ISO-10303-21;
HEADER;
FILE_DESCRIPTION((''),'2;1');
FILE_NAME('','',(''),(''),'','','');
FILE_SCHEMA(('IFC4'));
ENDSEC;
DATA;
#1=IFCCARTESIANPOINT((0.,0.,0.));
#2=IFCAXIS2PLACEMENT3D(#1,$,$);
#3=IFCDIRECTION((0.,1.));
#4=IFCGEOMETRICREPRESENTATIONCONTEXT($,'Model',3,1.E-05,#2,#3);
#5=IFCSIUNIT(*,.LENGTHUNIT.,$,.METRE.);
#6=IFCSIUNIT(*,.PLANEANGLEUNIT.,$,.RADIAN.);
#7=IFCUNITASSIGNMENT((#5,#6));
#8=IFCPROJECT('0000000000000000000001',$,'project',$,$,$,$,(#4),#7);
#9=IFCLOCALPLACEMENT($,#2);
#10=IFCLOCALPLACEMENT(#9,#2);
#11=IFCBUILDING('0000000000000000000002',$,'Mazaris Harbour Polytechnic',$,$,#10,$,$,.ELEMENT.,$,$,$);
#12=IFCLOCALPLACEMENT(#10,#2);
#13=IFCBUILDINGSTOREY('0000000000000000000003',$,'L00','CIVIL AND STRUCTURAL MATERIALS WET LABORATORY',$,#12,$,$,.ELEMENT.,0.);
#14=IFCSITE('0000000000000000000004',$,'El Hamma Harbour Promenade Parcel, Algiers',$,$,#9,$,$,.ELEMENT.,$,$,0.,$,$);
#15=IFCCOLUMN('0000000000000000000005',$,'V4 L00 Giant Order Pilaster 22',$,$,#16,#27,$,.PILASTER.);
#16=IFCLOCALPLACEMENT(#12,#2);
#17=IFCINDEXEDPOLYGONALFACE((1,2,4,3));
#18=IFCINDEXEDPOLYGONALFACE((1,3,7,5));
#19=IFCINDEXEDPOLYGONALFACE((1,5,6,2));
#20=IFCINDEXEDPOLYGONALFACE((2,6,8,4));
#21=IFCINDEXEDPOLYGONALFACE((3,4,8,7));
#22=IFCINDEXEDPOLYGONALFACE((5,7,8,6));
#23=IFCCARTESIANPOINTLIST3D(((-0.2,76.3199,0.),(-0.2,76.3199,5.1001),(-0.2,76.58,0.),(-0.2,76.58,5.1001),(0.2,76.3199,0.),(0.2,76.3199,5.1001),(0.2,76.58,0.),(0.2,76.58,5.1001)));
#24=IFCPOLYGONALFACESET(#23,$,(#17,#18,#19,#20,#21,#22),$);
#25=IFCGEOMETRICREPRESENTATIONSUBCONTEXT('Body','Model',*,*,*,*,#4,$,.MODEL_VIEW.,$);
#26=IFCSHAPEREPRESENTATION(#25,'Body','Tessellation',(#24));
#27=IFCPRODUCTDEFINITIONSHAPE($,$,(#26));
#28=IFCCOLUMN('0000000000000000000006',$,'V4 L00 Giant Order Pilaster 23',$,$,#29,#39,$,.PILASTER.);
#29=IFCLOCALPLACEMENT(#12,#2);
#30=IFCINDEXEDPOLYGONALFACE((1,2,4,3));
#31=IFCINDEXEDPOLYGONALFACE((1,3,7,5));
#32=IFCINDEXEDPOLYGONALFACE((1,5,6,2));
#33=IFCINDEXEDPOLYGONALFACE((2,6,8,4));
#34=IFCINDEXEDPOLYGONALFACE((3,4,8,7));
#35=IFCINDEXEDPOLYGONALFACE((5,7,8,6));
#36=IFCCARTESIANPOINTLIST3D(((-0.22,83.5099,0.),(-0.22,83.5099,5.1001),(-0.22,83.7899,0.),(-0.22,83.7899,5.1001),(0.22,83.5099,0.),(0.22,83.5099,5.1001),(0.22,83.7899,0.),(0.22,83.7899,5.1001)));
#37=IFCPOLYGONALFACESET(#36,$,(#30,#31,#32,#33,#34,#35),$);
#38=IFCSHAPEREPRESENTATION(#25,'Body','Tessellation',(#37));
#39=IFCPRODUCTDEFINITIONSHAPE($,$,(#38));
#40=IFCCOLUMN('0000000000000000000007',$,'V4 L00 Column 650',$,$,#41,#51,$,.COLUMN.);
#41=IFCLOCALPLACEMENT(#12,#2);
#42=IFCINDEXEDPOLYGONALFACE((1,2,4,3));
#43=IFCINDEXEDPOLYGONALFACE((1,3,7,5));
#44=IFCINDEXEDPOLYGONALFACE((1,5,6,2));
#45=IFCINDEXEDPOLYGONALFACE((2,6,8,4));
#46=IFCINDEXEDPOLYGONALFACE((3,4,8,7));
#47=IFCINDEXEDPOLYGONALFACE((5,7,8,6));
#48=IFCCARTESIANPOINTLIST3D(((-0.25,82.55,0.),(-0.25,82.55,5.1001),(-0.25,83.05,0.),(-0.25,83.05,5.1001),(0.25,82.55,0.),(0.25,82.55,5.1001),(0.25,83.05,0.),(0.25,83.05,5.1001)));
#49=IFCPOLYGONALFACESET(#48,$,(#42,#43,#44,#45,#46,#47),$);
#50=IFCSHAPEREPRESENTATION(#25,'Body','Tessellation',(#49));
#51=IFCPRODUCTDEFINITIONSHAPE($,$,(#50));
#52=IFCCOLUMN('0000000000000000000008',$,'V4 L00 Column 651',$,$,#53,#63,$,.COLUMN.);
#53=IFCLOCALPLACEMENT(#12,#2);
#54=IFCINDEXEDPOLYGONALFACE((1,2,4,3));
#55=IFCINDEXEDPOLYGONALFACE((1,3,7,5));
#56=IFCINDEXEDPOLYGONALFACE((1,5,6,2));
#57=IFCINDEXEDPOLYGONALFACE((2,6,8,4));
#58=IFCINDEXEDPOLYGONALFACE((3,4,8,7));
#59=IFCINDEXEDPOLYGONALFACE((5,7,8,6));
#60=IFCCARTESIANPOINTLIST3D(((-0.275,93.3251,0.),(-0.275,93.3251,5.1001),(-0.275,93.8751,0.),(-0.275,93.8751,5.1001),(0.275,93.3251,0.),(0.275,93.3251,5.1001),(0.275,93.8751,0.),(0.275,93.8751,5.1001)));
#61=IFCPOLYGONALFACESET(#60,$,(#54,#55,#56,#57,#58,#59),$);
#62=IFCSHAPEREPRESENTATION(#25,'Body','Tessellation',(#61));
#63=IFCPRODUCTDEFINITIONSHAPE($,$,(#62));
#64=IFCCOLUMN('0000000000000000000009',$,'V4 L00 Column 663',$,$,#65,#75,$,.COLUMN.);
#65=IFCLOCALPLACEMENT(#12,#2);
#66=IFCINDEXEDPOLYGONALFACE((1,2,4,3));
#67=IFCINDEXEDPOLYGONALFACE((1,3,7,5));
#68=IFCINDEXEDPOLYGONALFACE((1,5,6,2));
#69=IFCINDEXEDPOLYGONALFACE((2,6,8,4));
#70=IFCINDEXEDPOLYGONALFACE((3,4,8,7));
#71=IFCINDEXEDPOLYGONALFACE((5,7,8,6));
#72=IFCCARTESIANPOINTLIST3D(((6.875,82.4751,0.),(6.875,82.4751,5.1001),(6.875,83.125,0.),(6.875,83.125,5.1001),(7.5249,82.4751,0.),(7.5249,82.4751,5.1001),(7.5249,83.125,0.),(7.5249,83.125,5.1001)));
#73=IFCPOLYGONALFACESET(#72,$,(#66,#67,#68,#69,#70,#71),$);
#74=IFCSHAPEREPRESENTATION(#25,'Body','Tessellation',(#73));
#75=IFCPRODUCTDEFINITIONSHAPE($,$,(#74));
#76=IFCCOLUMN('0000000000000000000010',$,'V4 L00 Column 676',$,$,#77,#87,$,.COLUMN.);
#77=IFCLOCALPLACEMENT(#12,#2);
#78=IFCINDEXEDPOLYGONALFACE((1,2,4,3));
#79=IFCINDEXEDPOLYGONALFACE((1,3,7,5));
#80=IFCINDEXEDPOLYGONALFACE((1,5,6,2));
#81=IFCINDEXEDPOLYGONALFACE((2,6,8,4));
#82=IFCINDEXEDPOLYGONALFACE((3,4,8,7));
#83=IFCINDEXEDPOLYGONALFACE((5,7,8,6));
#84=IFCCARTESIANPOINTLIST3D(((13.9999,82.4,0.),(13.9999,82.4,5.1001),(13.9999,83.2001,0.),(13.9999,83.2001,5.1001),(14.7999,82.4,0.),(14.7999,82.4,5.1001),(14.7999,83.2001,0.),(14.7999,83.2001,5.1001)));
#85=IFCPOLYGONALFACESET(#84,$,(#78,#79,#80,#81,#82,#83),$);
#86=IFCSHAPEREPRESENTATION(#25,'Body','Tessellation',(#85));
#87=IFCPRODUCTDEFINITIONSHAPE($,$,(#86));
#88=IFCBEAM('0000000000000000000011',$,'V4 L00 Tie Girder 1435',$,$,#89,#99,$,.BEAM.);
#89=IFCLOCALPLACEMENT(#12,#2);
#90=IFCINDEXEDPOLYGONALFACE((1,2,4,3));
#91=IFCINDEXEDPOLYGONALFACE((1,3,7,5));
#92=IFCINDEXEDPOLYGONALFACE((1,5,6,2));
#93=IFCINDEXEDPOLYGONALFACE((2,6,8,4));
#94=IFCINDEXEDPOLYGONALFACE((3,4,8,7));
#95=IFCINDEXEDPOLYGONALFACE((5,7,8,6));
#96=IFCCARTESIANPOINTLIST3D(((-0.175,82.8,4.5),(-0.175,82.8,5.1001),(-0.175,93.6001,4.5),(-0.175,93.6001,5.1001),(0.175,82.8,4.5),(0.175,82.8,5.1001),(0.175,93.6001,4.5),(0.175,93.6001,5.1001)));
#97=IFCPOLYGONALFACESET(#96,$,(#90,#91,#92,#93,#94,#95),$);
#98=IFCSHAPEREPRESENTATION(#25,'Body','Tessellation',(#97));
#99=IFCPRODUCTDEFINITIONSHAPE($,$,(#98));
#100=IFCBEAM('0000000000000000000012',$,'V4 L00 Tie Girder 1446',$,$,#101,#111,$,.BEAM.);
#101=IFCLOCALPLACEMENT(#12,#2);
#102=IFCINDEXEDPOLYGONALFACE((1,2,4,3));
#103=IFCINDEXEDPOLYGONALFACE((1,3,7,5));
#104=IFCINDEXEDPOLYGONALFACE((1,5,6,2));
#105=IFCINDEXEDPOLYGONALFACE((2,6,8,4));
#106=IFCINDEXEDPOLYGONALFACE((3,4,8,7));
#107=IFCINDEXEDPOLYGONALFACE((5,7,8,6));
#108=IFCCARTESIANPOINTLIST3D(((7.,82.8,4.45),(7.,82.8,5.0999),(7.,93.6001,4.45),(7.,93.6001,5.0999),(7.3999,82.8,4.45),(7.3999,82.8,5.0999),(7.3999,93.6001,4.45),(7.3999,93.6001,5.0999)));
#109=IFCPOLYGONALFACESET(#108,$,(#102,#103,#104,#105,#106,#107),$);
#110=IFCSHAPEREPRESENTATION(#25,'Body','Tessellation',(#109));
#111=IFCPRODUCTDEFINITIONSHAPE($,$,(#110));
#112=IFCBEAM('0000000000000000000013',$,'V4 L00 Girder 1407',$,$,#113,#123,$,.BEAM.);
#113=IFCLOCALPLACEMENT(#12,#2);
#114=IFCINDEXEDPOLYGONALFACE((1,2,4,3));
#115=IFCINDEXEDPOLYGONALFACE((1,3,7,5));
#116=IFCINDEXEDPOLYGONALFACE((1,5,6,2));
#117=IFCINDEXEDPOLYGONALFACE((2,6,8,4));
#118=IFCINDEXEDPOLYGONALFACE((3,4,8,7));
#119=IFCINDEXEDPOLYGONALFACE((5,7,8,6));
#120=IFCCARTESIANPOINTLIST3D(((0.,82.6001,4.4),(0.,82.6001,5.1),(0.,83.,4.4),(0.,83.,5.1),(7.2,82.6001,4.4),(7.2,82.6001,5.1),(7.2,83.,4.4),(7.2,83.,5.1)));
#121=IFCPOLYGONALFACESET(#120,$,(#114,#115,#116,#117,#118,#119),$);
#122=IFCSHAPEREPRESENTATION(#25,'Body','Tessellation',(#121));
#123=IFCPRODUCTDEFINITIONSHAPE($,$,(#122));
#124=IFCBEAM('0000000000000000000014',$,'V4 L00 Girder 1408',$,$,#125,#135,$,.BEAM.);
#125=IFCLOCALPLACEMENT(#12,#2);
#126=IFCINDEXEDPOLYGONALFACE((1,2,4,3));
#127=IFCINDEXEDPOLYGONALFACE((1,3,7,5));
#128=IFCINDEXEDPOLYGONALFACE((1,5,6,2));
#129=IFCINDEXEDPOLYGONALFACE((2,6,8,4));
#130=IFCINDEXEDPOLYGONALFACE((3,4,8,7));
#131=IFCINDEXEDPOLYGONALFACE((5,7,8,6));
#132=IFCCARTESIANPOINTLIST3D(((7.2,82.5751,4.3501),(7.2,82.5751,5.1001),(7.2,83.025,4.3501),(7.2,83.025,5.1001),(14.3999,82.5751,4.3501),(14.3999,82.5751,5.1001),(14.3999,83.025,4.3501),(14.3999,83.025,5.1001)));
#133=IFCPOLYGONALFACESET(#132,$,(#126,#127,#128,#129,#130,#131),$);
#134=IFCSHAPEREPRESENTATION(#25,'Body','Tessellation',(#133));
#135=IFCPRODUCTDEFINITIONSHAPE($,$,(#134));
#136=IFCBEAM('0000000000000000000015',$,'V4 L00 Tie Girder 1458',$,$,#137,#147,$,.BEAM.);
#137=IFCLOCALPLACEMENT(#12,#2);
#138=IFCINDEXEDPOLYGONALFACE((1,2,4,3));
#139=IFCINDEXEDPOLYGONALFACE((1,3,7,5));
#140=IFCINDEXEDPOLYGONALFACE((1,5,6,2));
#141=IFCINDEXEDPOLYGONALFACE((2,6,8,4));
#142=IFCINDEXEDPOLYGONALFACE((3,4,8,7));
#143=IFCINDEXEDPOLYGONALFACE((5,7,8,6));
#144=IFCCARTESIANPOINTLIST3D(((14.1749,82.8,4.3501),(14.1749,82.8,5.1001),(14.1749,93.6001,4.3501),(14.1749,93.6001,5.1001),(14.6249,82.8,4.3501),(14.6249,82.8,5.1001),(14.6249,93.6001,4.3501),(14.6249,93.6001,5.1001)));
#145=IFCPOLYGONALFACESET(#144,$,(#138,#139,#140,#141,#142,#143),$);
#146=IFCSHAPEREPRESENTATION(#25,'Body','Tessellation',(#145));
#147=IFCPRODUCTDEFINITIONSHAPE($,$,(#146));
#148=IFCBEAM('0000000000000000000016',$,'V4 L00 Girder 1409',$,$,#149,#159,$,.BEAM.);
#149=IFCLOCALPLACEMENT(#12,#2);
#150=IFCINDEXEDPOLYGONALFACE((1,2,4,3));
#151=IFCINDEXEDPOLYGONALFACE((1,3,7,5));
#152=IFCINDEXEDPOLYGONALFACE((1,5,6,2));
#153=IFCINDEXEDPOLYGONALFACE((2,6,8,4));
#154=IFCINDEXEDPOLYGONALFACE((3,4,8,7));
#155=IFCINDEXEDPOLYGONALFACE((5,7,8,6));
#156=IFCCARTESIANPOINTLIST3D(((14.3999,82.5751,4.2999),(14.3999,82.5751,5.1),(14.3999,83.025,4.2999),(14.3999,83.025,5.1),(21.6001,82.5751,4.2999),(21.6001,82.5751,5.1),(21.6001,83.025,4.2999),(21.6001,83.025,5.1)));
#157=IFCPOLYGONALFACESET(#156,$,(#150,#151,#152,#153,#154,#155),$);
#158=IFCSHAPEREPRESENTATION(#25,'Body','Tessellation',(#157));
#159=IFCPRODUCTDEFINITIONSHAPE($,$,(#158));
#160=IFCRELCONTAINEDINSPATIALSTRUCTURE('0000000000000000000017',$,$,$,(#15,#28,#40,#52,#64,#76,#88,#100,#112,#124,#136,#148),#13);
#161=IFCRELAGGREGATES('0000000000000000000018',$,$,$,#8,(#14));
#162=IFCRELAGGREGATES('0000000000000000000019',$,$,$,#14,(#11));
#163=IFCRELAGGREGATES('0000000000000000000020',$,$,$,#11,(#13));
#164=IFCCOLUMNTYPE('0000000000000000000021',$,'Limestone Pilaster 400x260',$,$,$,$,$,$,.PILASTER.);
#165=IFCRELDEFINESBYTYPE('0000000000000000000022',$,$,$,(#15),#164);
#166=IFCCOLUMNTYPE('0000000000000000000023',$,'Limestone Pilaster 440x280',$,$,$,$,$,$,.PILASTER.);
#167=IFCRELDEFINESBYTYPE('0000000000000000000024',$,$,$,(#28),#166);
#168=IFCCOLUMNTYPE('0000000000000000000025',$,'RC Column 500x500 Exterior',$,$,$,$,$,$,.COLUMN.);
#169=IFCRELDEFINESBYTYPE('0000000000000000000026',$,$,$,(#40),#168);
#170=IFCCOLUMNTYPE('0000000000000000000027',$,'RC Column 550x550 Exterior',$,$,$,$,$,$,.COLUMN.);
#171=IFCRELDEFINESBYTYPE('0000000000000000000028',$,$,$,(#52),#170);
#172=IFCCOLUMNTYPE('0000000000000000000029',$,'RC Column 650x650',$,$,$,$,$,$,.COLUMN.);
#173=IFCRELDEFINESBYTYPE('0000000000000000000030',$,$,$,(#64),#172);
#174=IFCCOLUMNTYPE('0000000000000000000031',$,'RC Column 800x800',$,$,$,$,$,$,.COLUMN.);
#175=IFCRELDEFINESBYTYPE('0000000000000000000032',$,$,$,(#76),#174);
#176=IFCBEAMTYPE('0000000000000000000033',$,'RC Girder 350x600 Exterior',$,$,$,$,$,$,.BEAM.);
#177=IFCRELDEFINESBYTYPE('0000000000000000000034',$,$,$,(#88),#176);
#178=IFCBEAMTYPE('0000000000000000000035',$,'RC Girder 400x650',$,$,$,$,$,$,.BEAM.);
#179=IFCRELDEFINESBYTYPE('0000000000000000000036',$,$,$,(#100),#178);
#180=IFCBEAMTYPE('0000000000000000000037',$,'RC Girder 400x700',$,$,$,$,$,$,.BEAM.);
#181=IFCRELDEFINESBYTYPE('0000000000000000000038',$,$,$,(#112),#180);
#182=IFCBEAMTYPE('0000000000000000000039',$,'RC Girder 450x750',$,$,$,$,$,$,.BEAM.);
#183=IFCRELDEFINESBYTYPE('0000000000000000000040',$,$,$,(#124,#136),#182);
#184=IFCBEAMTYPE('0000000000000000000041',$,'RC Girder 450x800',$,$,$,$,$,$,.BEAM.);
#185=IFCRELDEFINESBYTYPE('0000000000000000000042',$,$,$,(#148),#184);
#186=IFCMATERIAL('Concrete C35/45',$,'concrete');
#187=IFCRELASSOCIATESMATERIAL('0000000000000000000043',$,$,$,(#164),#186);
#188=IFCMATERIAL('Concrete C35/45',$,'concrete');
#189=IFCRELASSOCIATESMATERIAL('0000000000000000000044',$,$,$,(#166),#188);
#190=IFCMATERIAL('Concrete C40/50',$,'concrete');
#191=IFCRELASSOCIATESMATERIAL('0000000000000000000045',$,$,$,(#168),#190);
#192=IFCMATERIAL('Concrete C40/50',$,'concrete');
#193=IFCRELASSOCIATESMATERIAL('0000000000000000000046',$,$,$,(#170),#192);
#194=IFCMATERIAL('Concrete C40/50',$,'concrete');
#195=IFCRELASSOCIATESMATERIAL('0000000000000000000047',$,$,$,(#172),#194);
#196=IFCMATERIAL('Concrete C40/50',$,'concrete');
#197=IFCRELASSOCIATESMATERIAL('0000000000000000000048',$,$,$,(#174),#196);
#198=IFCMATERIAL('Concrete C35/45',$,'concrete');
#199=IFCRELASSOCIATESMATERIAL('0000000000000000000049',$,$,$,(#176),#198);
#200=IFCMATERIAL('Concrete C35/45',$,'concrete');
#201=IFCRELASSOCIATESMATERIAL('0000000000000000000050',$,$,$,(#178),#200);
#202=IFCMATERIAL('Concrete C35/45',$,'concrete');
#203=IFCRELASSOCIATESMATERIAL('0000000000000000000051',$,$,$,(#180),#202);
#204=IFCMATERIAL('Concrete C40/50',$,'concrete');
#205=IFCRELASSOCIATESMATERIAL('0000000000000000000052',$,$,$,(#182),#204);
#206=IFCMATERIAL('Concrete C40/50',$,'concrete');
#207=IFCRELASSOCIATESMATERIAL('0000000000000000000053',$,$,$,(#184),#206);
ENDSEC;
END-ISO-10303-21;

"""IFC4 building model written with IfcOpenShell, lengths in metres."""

from ifc_helpers import new_model, si_unit, direction, frame, origin, origin_2d, place, context, subcontext, project, spatial, rectangle, extrude, material, material_profile, profile_set, type_object, element, save


model = new_model("IFC4")

# Units and contexts
model_context = context("Model", 3, precision=1e-05, world=origin(), true_north=direction((0.0, 1.0)))
body_context = subcontext(model_context, "Body", "Model", "MODEL_VIEW")
ifc_project = project(units=[si_unit("LENGTHUNIT", "METRE"), si_unit("PLANEANGLEUNIT", "RADIAN")], contexts=[model_context])

# Site, building, storey
site_placement = place(None, origin())
site = spatial("IfcSite", under=ifc_project, at=site_placement, Name="El Hamma Harbour Promenade Parcel, Algiers", CompositionType="ELEMENT", RefElevation=0.0)
building_placement = place(site_placement, origin())
building = spatial("IfcBuilding", under=site, at=building_placement, Name="Mazaris Harbour Polytechnic", CompositionType="ELEMENT")
storey_placement = place(building_placement, origin())
storey = spatial("IfcBuildingStorey", under=building, at=storey_placement, Name="L00", Description="CIVIL AND STRUCTURAL MATERIALS WET LABORATORY", CompositionType="ELEMENT", Elevation=0.0)

# Columns
ifc_material_1 = material(Name="Concrete C35/45", Category="concrete")
ifc_material_profile_1 = material_profile(ifc_material_1, rectangle(XDim=0.3999, YDim=0.26, at=origin_2d()), Name="RECT400x260")
ifc_profile_set_1 = profile_set([ifc_material_profile_1], Name="Concrete C35/45")
column_type_1 = type_object("IfcColumnType", Name="Limestone Pilaster 400x260", PredefinedType="PILASTER", material=ifc_profile_set_1)
column_1_placement = place(storey_placement, frame((0.0, 76.45, 0.0), z_axis=(0.0, 0.0, 1.0), x_axis=(1.0, 0.0, 0.0)))
element("IfcColumn", 1, at=column_1_placement, inside=storey, type_object=column_type_1, Name="V4 L00 Giant Order Pilaster 22", PredefinedType="PILASTER", context=body_context, shape_type="SweptSolid", body=[
    extrude(rectangle(XDim=0.3999, YDim=0.26, at=origin_2d()), origin(), (0.0, 0.0, 1.0), 5.1001),
])
ifc_material_2 = material(Name="Concrete C35/45", Category="concrete")
ifc_material_profile_2 = material_profile(ifc_material_2, rectangle(XDim=0.4399, YDim=0.28, at=origin_2d()), Name="RECT440x280")
ifc_profile_set_2 = profile_set([ifc_material_profile_2], Name="Concrete C35/45")
column_type_2 = type_object("IfcColumnType", Name="Limestone Pilaster 440x280", PredefinedType="PILASTER", material=ifc_profile_set_2)
column_2_placement = place(storey_placement, frame((0.0, 83.6499, 0.0), z_axis=(0.0, 0.0, 1.0), x_axis=(1.0, 0.0, 0.0)))
element("IfcColumn", 2, at=column_2_placement, inside=storey, type_object=column_type_2, Name="V4 L00 Giant Order Pilaster 23", PredefinedType="PILASTER", context=body_context, shape_type="SweptSolid", body=[
    extrude(rectangle(XDim=0.4399, YDim=0.28, at=origin_2d()), origin(), (0.0, 0.0, 1.0), 5.1001),
])
ifc_material_3 = material(Name="Concrete C40/50", Category="concrete")
ifc_material_profile_3 = material_profile(ifc_material_3, rectangle(XDim=0.5, YDim=0.5, at=origin_2d()), Name="RECT500x500")
ifc_profile_set_3 = profile_set([ifc_material_profile_3], Name="Concrete C40/50")
column_type_3 = type_object("IfcColumnType", Name="RC Column 500x500 Exterior", PredefinedType="COLUMN", material=ifc_profile_set_3)
column_3_placement = place(storey_placement, frame((0.0, 82.8, 0.0), z_axis=(0.0, 0.0, 1.0), x_axis=(1.0, 0.0, 0.0)))
element("IfcColumn", 3, at=column_3_placement, inside=storey, type_object=column_type_3, Name="V4 L00 Column 650", PredefinedType="COLUMN", context=body_context, shape_type="SweptSolid", body=[
    extrude(rectangle(XDim=0.5, YDim=0.5, at=origin_2d()), origin(), (0.0, 0.0, 1.0), 5.1001),
])
ifc_material_4 = material(Name="Concrete C40/50", Category="concrete")
ifc_material_profile_4 = material_profile(ifc_material_4, rectangle(XDim=0.55, YDim=0.55, at=origin_2d()), Name="RECT550x550")
ifc_profile_set_4 = profile_set([ifc_material_profile_4], Name="Concrete C40/50")
column_type_4 = type_object("IfcColumnType", Name="RC Column 550x550 Exterior", PredefinedType="COLUMN", material=ifc_profile_set_4)
column_4_placement = place(storey_placement, frame((0.0, 93.6001, 0.0), z_axis=(0.0, 0.0, 1.0), x_axis=(1.0, 0.0, 0.0)))
element("IfcColumn", 4, at=column_4_placement, inside=storey, type_object=column_type_4, Name="V4 L00 Column 651", PredefinedType="COLUMN", context=body_context, shape_type="SweptSolid", body=[
    extrude(rectangle(XDim=0.55, YDim=0.55, at=origin_2d()), origin(), (0.0, 0.0, 1.0), 5.1001),
])
ifc_material_5 = material(Name="Concrete C40/50", Category="concrete")
ifc_material_profile_5 = material_profile(ifc_material_5, rectangle(XDim=0.6499, YDim=0.6499, at=origin_2d()), Name="RECT650x650")
ifc_profile_set_5 = profile_set([ifc_material_profile_5], Name="Concrete C40/50")
column_type_5 = type_object("IfcColumnType", Name="RC Column 650x650", PredefinedType="COLUMN", material=ifc_profile_set_5)
column_5_placement = place(storey_placement, frame((7.2, 82.8, 0.0), z_axis=(0.0, 0.0, 1.0), x_axis=(1.0, 0.0, 0.0)))
element("IfcColumn", 5, at=column_5_placement, inside=storey, type_object=column_type_5, Name="V4 L00 Column 663", PredefinedType="COLUMN", context=body_context, shape_type="SweptSolid", body=[
    extrude(rectangle(XDim=0.6499, YDim=0.6499, at=origin_2d()), origin(), (0.0, 0.0, 1.0), 5.1001),
])
ifc_material_6 = material(Name="Concrete C40/50", Category="concrete")
ifc_material_profile_6 = material_profile(ifc_material_6, rectangle(XDim=0.8, YDim=0.8, at=origin_2d()), Name="RECT800x800")
ifc_profile_set_6 = profile_set([ifc_material_profile_6], Name="Concrete C40/50")
column_type_6 = type_object("IfcColumnType", Name="RC Column 800x800", PredefinedType="COLUMN", material=ifc_profile_set_6)
column_6_placement = place(storey_placement, frame((14.3999, 82.8, 0.0), z_axis=(0.0, 0.0, 1.0), x_axis=(1.0, 0.0, 0.0)))
element("IfcColumn", 6, at=column_6_placement, inside=storey, type_object=column_type_6, Name="V4 L00 Column 676", PredefinedType="COLUMN", context=body_context, shape_type="SweptSolid", body=[
    extrude(rectangle(XDim=0.8, YDim=0.8, at=origin_2d()), origin(), (0.0, 0.0, 1.0), 5.1001),
])

# Beams
ifc_material_7 = material(Name="Concrete C35/45", Category="concrete")
ifc_material_profile_7 = material_profile(ifc_material_7, rectangle(XDim=0.3501, YDim=0.6001, at=origin_2d()), Name="RECT350x600")
ifc_profile_set_7 = profile_set([ifc_material_profile_7], Name="Concrete C35/45")
beam_type_1 = type_object("IfcBeamType", Name="RC Girder 350x600 Exterior", PredefinedType="BEAM", material=ifc_profile_set_7)
beam_1_placement = place(storey_placement, frame((0.0, 82.8, 4.8), z_axis=(0.0, 1.0, 0.0), x_axis=(-1.0, 0.0, 0.0)))
element("IfcBeam", 7, at=beam_1_placement, inside=storey, type_object=beam_type_1, Name="V4 L00 Tie Girder 1435", PredefinedType="BEAM", context=body_context, shape_type="SweptSolid", body=[
    extrude(rectangle(XDim=0.3501, YDim=0.6001, at=origin_2d()), origin(), (0.0, 0.0, 1.0), 10.8),
])
ifc_material_8 = material(Name="Concrete C35/45", Category="concrete")
ifc_material_profile_8 = material_profile(ifc_material_8, rectangle(XDim=0.3999, YDim=0.6499, at=origin_2d()), Name="RECT400x650")
ifc_profile_set_8 = profile_set([ifc_material_profile_8], Name="Concrete C35/45")
beam_type_2 = type_object("IfcBeamType", Name="RC Girder 400x650", PredefinedType="BEAM", material=ifc_profile_set_8)
beam_2_placement = place(storey_placement, frame((7.2, 82.8, 4.7749), z_axis=(0.0, 1.0, 0.0), x_axis=(-1.0, 0.0, 0.0)))
element("IfcBeam", 8, at=beam_2_placement, inside=storey, type_object=beam_type_2, Name="V4 L00 Tie Girder 1446", PredefinedType="BEAM", context=body_context, shape_type="SweptSolid", body=[
    extrude(rectangle(XDim=0.3999, YDim=0.6499, at=origin_2d()), origin(), (0.0, 0.0, 1.0), 10.8),
])
ifc_material_9 = material(Name="Concrete C35/45", Category="concrete")
ifc_material_profile_9 = material_profile(ifc_material_9, rectangle(XDim=0.3999, YDim=0.7, at=origin_2d()), Name="RECT400x700")
ifc_profile_set_9 = profile_set([ifc_material_profile_9], Name="Concrete C35/45")
beam_type_3 = type_object("IfcBeamType", Name="RC Girder 400x700", PredefinedType="BEAM", material=ifc_profile_set_9)
beam_3_placement = place(storey_placement, frame((0.0, 82.8, 4.75), z_axis=(1.0, 0.0, 0.0), x_axis=(0.0, 1.0, 0.0)))
element("IfcBeam", 9, at=beam_3_placement, inside=storey, type_object=beam_type_3, Name="V4 L00 Girder 1407", PredefinedType="BEAM", context=body_context, shape_type="SweptSolid", body=[
    extrude(rectangle(XDim=0.3999, YDim=0.7, at=origin_2d()), origin(), (0.0, 0.0, 1.0), 7.2),
])
ifc_material_10 = material(Name="Concrete C40/50", Category="concrete")
ifc_material_profile_10 = material_profile(ifc_material_10, rectangle(XDim=0.45, YDim=0.75, at=origin_2d()), Name="RECT450x750")
ifc_profile_set_10 = profile_set([ifc_material_profile_10], Name="Concrete C40/50")
beam_type_4 = type_object("IfcBeamType", Name="RC Girder 450x750", PredefinedType="BEAM", material=ifc_profile_set_10)
beam_4_placement = place(storey_placement, frame((7.2, 82.8, 4.7251), z_axis=(1.0, 0.0, 0.0), x_axis=(0.0, 1.0, 0.0)))
element("IfcBeam", 10, at=beam_4_placement, inside=storey, type_object=beam_type_4, Name="V4 L00 Girder 1408", PredefinedType="BEAM", context=body_context, shape_type="SweptSolid", body=[
    extrude(rectangle(XDim=0.45, YDim=0.75, at=origin_2d()), origin(), (0.0, 0.0, 1.0), 7.2),
])
beam_5_placement = place(storey_placement, frame((14.3999, 82.8, 4.7251), z_axis=(0.0, 1.0, 0.0), x_axis=(-1.0, 0.0, 0.0)))
element("IfcBeam", 11, at=beam_5_placement, inside=storey, type_object=beam_type_4, Name="V4 L00 Tie Girder 1458", PredefinedType="BEAM", context=body_context, shape_type="SweptSolid", body=[
    extrude(rectangle(XDim=0.45, YDim=0.75, at=origin_2d()), origin(), (0.0, 0.0, 1.0), 10.8),
])
ifc_material_11 = material(Name="Concrete C40/50", Category="concrete")
ifc_material_profile_11 = material_profile(ifc_material_11, rectangle(XDim=0.45, YDim=0.8, at=origin_2d()), Name="RECT450x800")
ifc_profile_set_11 = profile_set([ifc_material_profile_11], Name="Concrete C40/50")
beam_type_5 = type_object("IfcBeamType", Name="RC Girder 450x800", PredefinedType="BEAM", material=ifc_profile_set_11)
beam_6_placement = place(storey_placement, frame((14.3999, 82.8, 4.7), z_axis=(1.0, 0.0, 0.0), x_axis=(0.0, 1.0, 0.0)))
element("IfcBeam", 12, at=beam_6_placement, inside=storey, type_object=beam_type_5, Name="V4 L00 Girder 1409", PredefinedType="BEAM", context=body_context, shape_type="SweptSolid", body=[
    extrude(rectangle(XDim=0.45, YDim=0.8, at=origin_2d()), origin(), (0.0, 0.0, 1.0), 7.2002),
])

save(model, "model.ifc")
